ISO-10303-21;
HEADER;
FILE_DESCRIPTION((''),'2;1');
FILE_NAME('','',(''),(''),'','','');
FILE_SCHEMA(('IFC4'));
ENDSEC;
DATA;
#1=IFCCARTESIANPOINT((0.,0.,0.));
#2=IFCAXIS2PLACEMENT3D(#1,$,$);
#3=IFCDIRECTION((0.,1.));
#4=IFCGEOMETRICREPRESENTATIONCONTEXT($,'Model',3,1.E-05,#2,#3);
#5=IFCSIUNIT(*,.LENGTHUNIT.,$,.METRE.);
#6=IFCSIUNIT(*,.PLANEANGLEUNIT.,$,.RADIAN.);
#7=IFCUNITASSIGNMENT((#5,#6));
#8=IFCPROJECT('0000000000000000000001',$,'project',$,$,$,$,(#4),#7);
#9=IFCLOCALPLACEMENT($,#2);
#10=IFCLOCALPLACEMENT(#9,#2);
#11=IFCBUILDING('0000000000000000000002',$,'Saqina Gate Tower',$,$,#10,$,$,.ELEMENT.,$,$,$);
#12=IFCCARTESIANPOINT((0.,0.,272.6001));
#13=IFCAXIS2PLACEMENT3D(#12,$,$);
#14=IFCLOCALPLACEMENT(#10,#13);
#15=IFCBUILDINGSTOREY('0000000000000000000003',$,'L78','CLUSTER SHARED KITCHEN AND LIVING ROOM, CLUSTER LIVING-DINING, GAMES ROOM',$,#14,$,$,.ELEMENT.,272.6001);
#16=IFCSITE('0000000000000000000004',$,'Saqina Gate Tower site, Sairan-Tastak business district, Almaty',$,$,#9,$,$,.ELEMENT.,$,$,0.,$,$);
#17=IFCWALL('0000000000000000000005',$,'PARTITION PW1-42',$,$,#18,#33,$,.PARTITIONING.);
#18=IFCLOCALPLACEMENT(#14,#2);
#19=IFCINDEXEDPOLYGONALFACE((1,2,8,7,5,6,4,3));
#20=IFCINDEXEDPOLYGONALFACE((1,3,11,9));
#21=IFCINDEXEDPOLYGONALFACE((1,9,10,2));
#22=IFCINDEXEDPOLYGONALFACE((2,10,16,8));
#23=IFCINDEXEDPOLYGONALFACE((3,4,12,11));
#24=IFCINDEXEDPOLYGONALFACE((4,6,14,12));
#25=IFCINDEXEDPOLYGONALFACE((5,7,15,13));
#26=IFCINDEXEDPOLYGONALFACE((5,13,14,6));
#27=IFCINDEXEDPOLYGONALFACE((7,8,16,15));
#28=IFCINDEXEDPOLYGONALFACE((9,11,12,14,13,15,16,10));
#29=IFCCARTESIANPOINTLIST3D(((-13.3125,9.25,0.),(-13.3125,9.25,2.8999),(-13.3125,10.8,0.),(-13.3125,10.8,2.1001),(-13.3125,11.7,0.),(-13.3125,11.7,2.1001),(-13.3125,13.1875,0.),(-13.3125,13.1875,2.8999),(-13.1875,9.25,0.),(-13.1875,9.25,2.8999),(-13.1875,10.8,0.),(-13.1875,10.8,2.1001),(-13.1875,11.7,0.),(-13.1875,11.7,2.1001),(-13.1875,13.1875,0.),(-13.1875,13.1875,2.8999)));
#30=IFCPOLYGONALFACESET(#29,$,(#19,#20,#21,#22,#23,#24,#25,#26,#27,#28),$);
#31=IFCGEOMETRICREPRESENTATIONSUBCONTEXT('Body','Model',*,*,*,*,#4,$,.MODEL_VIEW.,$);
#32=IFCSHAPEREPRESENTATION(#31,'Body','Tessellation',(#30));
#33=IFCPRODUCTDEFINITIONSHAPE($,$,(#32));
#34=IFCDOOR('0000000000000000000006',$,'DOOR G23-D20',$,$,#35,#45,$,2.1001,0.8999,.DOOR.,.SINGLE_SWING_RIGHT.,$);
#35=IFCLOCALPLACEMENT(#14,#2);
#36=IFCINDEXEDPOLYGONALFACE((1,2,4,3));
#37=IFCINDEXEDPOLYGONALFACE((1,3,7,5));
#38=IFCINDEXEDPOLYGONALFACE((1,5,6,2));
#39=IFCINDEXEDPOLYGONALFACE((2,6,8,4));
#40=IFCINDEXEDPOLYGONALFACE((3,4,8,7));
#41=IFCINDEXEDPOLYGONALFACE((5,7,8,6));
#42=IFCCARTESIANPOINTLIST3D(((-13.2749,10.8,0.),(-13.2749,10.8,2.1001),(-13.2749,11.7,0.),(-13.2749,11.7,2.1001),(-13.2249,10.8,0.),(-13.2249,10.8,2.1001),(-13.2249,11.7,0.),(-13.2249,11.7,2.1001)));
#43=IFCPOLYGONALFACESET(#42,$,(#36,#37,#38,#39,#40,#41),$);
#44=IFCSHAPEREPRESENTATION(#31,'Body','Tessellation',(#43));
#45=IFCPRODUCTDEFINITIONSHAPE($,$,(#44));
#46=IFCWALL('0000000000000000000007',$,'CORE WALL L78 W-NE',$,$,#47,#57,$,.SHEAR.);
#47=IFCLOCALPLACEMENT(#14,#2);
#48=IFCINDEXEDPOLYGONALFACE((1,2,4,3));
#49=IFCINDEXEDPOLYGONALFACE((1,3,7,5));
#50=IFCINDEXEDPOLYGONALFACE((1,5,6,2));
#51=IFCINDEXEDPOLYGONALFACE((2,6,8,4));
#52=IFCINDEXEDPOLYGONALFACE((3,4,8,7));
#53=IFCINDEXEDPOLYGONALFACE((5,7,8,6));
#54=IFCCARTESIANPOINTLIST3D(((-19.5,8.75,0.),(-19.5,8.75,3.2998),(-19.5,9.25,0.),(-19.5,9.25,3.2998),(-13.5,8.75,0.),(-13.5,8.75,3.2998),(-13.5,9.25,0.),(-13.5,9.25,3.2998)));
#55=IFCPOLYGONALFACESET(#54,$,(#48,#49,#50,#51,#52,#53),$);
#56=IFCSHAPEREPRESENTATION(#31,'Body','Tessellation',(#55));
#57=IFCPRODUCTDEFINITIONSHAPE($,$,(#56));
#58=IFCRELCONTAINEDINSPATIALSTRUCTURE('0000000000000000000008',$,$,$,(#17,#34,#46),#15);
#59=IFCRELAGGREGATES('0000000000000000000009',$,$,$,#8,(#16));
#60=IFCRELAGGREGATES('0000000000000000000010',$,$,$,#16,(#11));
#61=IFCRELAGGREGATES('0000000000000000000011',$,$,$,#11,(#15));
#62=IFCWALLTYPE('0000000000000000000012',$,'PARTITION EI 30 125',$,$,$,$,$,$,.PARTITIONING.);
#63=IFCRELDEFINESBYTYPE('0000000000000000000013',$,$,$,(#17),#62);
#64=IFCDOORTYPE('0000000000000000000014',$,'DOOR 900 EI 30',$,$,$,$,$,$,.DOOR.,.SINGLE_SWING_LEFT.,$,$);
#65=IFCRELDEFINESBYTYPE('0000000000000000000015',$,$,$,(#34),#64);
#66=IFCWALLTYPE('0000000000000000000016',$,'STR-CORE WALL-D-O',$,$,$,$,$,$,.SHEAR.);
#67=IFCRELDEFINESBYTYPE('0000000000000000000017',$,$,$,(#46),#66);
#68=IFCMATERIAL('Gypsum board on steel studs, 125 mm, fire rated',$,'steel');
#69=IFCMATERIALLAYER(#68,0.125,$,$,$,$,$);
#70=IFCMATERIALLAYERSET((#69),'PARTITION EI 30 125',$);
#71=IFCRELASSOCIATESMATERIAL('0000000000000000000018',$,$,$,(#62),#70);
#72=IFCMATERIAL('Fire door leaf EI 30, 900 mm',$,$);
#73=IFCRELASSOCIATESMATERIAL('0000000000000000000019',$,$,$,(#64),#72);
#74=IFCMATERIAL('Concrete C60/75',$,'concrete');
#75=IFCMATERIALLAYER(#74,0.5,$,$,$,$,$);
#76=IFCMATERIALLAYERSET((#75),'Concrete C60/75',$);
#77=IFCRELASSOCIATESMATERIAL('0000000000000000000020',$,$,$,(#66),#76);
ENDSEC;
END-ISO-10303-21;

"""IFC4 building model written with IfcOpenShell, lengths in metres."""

from ifc_helpers import new_model, si_unit, direction, frame, frame_2d, origin, place, context, subcontext, project, spatial, rectangle, extrude, material, layer, layer_set, type_object, element, fill, save


model = new_model("IFC4")

# Units and contexts
model_context = context("Model", 3, precision=1e-05, world=origin(), true_north=direction((0.0, 1.0)))
body_context = subcontext(model_context, "Body", "Model", "MODEL_VIEW")
ifc_project = project(units=[si_unit("LENGTHUNIT", "METRE"), si_unit("PLANEANGLEUNIT", "RADIAN")], contexts=[model_context])

# Site, building, storey
site_placement = place(None, origin())
site = spatial("IfcSite", under=ifc_project, at=site_placement, Name="Saqina Gate Tower site, Sairan-Tastak business district, Almaty", CompositionType="ELEMENT", RefElevation=0.0)
building_placement = place(site_placement, origin())
building = spatial("IfcBuilding", under=site, at=building_placement, Name="Saqina Gate Tower", CompositionType="ELEMENT")
storey_placement = place(building_placement, frame((0.0, 0.0, 272.6001)))
storey = spatial("IfcBuildingStorey", under=building, at=storey_placement, Name="L78", Description="CLUSTER SHARED KITCHEN AND LIVING ROOM, CLUSTER LIVING-DINING, GAMES ROOM", CompositionType="ELEMENT", Elevation=272.6001)

# Shared definitions
ifc_material_1 = material(Name="Gypsum board on steel studs, 125 mm, fire rated", Category="steel")
ifc_layer_1 = layer(ifc_material_1, 0.125)
ifc_layer_set_1 = layer_set([ifc_layer_1], Name="PARTITION EI 30 125")
wall_type_1 = type_object("IfcWallType", Name="PARTITION EI 30 125", PredefinedType="PARTITIONING", material=ifc_layer_set_1)
ifc_material_2 = material(Name="Fire door leaf EI 30, 900 mm")
door_type_1 = type_object("IfcDoorType", Name="DOOR 900 EI 30", OperationType="SINGLE_SWING_LEFT", PredefinedType="DOOR", material=ifc_material_2)

# Wall, opening, door
wall_1_placement = place(storey_placement, frame((-13.25, 9.25, 0.0), z_axis=(0.0, 0.0, 1.0), x_axis=(0.0, 1.0, 0.0)))
wall_1 = element("IfcWall", 1, at=wall_1_placement, inside=storey, type_object=wall_type_1, Name="PARTITION PW1-42", PredefinedType="PARTITIONING", context=body_context, shape_type="SweptSolid", body=[
    extrude(rectangle(XDim=3.9375, YDim=0.125, at=frame_2d((1.9688, 0.0))), origin(), (0.0, 0.0, 1.0), 2.8999),
])
opening_1_placement = place(wall_1_placement, frame((1.55, 0.0, 0.0)))
opening_1 = element("IfcOpeningElement", 2, at=opening_1_placement, cuts=wall_1, PredefinedType="OPENING", context=body_context, shape_type="SweptSolid", body=[
    extrude(rectangle(XDim=0.8999, YDim=2.1001, at=frame_2d((0.45, 1.05))), frame((0.0, 0.0745, 0.0), z_axis=(0.0, -1.0, 0.0), x_axis=(1.0, 0.0, 0.0)), (0.0, 0.0, 1.0), 0.1489),
])
door_1_placement = place(opening_1_placement, origin())
door_1 = element("IfcDoor", 3, at=door_1_placement, inside=storey, type_object=door_type_1, Name="DOOR G23-D20", OperationType="SINGLE_SWING_RIGHT", OverallHeight=2.1001, OverallWidth=0.8999, PredefinedType="DOOR", context=body_context, shape_type="SweptSolid", body=[
    extrude(rectangle(XDim=0.8999, YDim=2.1001, at=frame_2d((0.45, 1.05))), frame((0.0, 0.0249, 0.0), z_axis=(0.0, -1.0, 0.0), x_axis=(1.0, 0.0, 0.0)), (0.0, 0.0, 1.0), 0.05),
])
fill(opening_1, door_1)

# Wall
ifc_material_3 = material(Name="Concrete C60/75", Category="concrete")
ifc_layer_2 = layer(ifc_material_3, 0.5)
ifc_layer_set_2 = layer_set([ifc_layer_2], Name="Concrete C60/75")
wall_type_2 = type_object("IfcWallType", Name="STR-CORE WALL-D-O", PredefinedType="SHEAR", material=ifc_layer_set_2)
wall_2_placement = place(storey_placement, frame((-13.5, 9.0, 0.0), z_axis=(0.0, 0.0, 1.0), x_axis=(-1.0, 0.0, 0.0)))
element("IfcWall", 4, at=wall_2_placement, inside=storey, type_object=wall_type_2, Name="CORE WALL L78 W-NE", PredefinedType="SHEAR", context=body_context, shape_type="SweptSolid", body=[
    extrude(rectangle(XDim=6.0, YDim=0.5, at=frame_2d((3.0, 0.0))), origin(), (0.0, 0.0, 1.0), 3.2998),
])

save(model, "model.ifc")
